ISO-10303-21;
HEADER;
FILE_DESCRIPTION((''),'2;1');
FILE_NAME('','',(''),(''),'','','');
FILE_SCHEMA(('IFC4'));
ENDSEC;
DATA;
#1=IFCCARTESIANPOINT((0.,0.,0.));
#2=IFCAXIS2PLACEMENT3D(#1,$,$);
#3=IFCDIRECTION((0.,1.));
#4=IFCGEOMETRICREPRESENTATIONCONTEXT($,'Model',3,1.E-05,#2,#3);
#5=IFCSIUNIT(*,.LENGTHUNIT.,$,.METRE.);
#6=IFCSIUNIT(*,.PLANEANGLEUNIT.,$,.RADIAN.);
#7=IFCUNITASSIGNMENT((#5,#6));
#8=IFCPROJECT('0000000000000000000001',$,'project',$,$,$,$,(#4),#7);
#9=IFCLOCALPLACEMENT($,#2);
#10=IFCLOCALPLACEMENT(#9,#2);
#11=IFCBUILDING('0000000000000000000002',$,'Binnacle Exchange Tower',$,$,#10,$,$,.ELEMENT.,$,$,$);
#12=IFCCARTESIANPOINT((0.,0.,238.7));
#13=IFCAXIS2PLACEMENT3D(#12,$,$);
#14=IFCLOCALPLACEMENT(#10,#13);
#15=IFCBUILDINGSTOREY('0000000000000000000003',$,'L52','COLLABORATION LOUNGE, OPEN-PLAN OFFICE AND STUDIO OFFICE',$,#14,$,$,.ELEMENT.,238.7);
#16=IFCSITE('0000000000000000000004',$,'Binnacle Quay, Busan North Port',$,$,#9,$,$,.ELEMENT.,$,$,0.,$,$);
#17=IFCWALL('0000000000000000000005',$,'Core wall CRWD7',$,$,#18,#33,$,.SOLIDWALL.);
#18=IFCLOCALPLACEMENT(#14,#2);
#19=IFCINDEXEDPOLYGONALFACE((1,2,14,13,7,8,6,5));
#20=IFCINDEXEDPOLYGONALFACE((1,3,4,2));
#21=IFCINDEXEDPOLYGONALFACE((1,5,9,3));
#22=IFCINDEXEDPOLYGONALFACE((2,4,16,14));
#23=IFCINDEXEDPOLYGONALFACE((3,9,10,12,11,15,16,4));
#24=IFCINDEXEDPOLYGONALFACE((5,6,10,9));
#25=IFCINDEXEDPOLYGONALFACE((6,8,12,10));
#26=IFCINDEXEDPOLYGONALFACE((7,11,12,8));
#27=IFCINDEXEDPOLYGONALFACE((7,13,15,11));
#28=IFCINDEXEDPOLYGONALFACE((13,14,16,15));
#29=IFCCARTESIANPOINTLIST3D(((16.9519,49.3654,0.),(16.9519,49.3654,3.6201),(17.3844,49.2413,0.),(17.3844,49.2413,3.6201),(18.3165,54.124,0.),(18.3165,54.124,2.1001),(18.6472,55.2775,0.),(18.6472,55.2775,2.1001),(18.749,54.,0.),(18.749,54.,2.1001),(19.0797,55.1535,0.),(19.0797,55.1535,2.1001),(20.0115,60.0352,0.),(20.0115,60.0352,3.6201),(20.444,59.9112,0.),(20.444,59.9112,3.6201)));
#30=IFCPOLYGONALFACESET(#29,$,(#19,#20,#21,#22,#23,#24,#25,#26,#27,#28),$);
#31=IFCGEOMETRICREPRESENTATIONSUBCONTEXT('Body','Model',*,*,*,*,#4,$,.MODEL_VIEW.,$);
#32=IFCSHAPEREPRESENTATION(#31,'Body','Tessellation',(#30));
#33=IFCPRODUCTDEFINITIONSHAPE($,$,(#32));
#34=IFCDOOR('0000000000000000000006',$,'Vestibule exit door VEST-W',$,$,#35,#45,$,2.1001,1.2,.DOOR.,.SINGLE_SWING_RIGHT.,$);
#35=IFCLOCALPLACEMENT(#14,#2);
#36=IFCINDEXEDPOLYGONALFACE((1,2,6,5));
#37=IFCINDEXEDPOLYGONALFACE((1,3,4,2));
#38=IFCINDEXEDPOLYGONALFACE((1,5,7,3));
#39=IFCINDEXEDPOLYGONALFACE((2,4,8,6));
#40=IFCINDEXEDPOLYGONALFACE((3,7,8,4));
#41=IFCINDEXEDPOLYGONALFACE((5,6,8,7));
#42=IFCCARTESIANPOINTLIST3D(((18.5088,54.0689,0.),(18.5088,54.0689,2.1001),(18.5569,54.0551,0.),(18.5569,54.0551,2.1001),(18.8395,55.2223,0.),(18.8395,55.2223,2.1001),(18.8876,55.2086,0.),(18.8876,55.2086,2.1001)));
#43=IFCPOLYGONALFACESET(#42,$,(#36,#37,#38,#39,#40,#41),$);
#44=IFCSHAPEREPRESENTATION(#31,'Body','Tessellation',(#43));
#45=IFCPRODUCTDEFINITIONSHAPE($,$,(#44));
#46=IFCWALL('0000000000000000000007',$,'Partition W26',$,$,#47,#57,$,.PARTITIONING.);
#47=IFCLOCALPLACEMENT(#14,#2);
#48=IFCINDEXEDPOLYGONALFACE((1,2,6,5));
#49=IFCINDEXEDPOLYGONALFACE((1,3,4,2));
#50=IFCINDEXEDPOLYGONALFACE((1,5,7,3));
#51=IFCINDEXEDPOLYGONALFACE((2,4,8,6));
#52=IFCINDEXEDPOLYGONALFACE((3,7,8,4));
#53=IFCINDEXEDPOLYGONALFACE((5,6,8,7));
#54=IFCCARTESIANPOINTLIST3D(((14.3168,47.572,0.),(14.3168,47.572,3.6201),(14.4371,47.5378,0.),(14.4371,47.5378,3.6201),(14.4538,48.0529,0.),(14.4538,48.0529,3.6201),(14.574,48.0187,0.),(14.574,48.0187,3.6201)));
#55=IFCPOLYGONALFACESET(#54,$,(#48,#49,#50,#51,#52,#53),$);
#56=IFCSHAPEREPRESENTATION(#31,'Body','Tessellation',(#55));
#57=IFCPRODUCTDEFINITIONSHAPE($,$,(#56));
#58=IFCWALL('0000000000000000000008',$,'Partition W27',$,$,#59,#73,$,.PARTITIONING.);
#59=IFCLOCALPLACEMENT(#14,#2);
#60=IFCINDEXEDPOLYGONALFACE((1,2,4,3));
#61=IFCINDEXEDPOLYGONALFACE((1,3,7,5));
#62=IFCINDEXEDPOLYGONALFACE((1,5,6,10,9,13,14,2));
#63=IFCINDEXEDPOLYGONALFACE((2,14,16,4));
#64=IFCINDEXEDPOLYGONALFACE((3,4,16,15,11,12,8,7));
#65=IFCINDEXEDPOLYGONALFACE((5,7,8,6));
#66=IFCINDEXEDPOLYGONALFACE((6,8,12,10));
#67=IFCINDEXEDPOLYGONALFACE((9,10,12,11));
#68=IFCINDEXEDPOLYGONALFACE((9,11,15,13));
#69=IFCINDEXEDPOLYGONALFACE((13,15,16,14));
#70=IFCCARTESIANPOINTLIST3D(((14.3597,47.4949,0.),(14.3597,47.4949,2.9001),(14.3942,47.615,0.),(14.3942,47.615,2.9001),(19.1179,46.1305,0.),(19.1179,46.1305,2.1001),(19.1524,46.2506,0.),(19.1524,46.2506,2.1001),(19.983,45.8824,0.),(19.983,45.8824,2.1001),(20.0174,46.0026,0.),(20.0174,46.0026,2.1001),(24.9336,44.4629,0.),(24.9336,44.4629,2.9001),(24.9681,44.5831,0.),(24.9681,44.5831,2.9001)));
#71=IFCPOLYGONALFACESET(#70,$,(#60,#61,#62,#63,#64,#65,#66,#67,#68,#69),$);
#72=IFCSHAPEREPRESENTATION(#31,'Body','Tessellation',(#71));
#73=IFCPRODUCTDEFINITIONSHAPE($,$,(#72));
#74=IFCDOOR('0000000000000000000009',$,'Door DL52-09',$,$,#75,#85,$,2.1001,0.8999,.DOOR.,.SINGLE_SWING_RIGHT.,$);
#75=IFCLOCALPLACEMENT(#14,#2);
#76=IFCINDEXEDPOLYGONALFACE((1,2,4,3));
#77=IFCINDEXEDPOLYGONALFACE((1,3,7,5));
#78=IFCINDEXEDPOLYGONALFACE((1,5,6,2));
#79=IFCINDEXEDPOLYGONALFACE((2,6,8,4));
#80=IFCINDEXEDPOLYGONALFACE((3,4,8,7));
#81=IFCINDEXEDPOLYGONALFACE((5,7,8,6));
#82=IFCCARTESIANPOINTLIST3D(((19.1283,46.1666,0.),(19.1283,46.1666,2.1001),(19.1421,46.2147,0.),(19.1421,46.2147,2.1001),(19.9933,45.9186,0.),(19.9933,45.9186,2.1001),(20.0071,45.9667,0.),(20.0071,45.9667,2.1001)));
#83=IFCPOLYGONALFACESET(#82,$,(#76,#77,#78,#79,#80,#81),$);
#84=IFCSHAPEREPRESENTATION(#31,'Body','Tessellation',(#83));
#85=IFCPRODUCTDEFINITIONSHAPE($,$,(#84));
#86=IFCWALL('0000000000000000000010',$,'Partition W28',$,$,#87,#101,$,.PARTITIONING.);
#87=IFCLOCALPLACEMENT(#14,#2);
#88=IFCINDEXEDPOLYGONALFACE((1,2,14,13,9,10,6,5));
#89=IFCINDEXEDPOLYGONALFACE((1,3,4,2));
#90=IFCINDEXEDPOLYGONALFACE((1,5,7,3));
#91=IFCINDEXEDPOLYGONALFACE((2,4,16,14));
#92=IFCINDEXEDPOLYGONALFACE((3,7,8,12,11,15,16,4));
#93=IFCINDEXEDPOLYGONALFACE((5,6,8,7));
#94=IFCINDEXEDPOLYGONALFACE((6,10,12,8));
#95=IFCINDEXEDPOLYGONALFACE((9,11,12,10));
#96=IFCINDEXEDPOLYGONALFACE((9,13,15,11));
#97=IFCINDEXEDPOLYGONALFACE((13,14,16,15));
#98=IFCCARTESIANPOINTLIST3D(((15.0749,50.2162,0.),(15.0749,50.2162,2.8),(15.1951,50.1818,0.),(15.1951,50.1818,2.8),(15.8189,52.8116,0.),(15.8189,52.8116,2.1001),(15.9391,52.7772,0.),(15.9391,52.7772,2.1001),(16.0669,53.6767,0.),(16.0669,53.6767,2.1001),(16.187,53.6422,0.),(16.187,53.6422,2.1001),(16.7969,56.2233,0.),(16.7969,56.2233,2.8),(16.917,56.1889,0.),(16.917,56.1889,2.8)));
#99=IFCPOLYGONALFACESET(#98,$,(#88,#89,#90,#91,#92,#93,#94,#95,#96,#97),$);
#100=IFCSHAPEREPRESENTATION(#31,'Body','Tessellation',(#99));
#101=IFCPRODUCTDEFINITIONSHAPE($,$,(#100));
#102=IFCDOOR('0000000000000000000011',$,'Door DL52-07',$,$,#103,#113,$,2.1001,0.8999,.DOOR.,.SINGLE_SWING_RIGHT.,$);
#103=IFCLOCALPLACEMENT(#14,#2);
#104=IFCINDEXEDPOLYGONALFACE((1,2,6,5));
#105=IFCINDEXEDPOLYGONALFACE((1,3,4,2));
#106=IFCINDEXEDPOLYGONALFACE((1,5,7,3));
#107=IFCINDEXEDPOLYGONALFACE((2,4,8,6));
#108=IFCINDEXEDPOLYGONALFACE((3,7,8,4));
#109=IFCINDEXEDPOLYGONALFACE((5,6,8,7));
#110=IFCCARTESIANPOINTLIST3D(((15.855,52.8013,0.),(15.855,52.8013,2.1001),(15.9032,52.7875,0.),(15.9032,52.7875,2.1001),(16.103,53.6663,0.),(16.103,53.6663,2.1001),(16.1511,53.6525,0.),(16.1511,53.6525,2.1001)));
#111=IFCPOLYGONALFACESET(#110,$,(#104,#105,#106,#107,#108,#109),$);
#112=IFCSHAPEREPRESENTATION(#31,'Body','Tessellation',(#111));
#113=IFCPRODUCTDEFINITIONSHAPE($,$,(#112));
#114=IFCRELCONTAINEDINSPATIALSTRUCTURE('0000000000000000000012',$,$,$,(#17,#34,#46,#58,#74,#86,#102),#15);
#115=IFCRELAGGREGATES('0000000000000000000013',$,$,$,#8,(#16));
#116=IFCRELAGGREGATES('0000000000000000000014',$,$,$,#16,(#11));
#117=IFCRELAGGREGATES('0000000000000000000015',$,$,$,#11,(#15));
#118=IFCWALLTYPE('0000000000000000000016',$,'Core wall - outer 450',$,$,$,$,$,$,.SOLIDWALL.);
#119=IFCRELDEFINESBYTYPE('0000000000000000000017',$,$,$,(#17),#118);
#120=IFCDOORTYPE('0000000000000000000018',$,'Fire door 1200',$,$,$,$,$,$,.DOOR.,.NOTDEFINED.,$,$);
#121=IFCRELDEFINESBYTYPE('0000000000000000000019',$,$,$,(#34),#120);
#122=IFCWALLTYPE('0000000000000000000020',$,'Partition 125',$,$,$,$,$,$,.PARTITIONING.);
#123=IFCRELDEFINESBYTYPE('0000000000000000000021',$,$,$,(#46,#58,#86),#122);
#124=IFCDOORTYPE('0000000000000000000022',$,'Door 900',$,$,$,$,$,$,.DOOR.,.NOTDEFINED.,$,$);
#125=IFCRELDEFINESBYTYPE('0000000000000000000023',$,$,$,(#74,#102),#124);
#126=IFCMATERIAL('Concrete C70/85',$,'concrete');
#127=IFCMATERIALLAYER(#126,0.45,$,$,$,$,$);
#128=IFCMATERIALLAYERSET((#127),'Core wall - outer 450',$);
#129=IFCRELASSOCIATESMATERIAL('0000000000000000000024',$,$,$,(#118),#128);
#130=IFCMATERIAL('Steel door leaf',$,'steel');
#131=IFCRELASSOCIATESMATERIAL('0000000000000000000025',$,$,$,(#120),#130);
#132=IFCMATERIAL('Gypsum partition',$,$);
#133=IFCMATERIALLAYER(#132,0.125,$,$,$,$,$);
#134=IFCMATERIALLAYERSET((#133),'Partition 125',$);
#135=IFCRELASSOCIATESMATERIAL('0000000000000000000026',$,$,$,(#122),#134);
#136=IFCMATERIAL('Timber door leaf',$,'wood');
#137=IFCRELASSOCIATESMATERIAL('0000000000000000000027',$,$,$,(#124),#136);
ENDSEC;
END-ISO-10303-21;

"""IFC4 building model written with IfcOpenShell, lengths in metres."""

from ifc_helpers import new_model, si_unit, direction, frame, frame_2d, origin, place, context, subcontext, project, spatial, rectangle, extrude, material, layer, layer_set, type_object, element, fill, save


model = new_model("IFC4")

# Units and contexts
model_context = context("Model", 3, precision=1e-05, world=origin(), true_north=direction((0.0, 1.0)))
body_context = subcontext(model_context, "Body", "Model", "MODEL_VIEW")
ifc_project = project(units=[si_unit("LENGTHUNIT", "METRE"), si_unit("PLANEANGLEUNIT", "RADIAN")], contexts=[model_context])

# Site, building, storey
site_placement = place(None, origin())
site = spatial("IfcSite", under=ifc_project, at=site_placement, Name="Binnacle Quay, Busan North Port", CompositionType="ELEMENT", RefElevation=0.0)
building_placement = place(site_placement, origin())
building = spatial("IfcBuilding", under=site, at=building_placement, Name="Binnacle Exchange Tower", CompositionType="ELEMENT")
storey_placement = place(building_placement, frame((0.0, 0.0, 238.7)))
storey = spatial("IfcBuildingStorey", under=building, at=storey_placement, Name="L52", Description="COLLABORATION LOUNGE, OPEN-PLAN OFFICE AND STUDIO OFFICE", CompositionType="ELEMENT", Elevation=238.7)

# Shared definitions
ifc_material_1 = material(Name="Concrete C70/85", Category="concrete")
ifc_layer_1 = layer(ifc_material_1, 0.45)
ifc_layer_set_1 = layer_set([ifc_layer_1], Name="Core wall - outer 450")
wall_type_1 = type_object("IfcWallType", Name="Core wall - outer 450", PredefinedType="SOLIDWALL", material=ifc_layer_set_1)

# Wall, opening, door
wall_1_placement = place(storey_placement, frame((17.1682, 49.3035, 0.0), z_axis=(0.0, 0.0, 1.0), x_axis=(0.275639, 0.961261, 0.0)))
wall_1 = element("IfcWall", 1, at=wall_1_placement, inside=storey, type_object=wall_type_1, Name="Core wall CRWD7", PredefinedType="SOLIDWALL", context=body_context, shape_type="SweptSolid", body=[
    extrude(rectangle(XDim=11.0999, YDim=0.45, at=frame_2d((5.5498, 0.0))), origin(), (0.0, 0.0, 1.0), 3.6201),
])
opening_1_placement = place(wall_1_placement, frame((4.9502, 0.0, 0.0)))
opening_1 = element("IfcOpeningElement", 2, at=opening_1_placement, cuts=wall_1, PredefinedType="OPENING", context=body_context, shape_type="SweptSolid", body=[
    extrude(rectangle(XDim=1.2, YDim=2.1001, at=frame_2d((0.6001, 1.05))), frame((0.0, 0.2349, 0.0), z_axis=(0.0, -1.0, 0.0), x_axis=(1.0, 0.0, 0.0)), (0.0, 0.0, 1.0), 0.47),
])
ifc_material_2 = material(Name="Steel door leaf", Category="steel")
door_type_1 = type_object("IfcDoorType", Name="Fire door 1200", OperationType="NOTDEFINED", PredefinedType="DOOR", material=ifc_material_2)
door_1_placement = place(opening_1_placement, origin())
door_1 = element("IfcDoor", 3, at=door_1_placement, inside=storey, type_object=door_type_1, Name="Vestibule exit door VEST-W", OperationType="SINGLE_SWING_RIGHT", OverallHeight=2.1001, OverallWidth=1.2, PredefinedType="DOOR", context=body_context, shape_type="SweptSolid", body=[
    extrude(rectangle(XDim=1.2, YDim=2.1001, at=frame_2d((0.6001, 1.05))), frame((0.0, 0.0249, 0.0), z_axis=(0.0, -1.0, 0.0), x_axis=(1.0, 0.0, 0.0)), (0.0, 0.0, 1.0), 0.05),
])
fill(opening_1, door_1)

# Wall
ifc_material_3 = material(Name="Gypsum partition")
ifc_layer_2 = layer(ifc_material_3, 0.125)
ifc_layer_set_2 = layer_set([ifc_layer_2], Name="Partition 125")
wall_type_2 = type_object("IfcWallType", Name="Partition 125", PredefinedType="PARTITIONING", material=ifc_layer_set_2)
wall_2_placement = place(storey_placement, frame((14.377, 47.5549, 0.0), z_axis=(0.0, 0.0, 1.0), x_axis=(0.273883, 0.961763, 0.0)))
element("IfcWall", 4, at=wall_2_placement, inside=storey, type_object=wall_type_2, Name="Partition W26", PredefinedType="PARTITIONING", context=body_context, shape_type="SweptSolid", body=[
    extrude(rectangle(XDim=0.5, YDim=0.125, at=frame_2d((0.25, 0.0))), origin(), (0.0, 0.0, 1.0), 3.6201),
])

# Walls, openings, doors
wall_3_placement = place(storey_placement, frame((14.377, 47.5549, 0.0), z_axis=(0.0, 0.0, 1.0), x_axis=(0.961263, -0.275633, 0.0)))
wall_3 = element("IfcWall", 5, at=wall_3_placement, inside=storey, type_object=wall_type_2, Name="Partition W27", PredefinedType="PARTITIONING", context=body_context, shape_type="SweptSolid", body=[
    extrude(rectangle(XDim=11.0, YDim=0.125, at=frame_2d((5.5, 0.0))), origin(), (0.0, 0.0, 1.0), 2.9001),
])
opening_2_placement = place(wall_3_placement, frame((4.95, 0.0, 0.0)))
opening_2 = element("IfcOpeningElement", 6, at=opening_2_placement, cuts=wall_3, PredefinedType="OPENING", context=body_context, shape_type="SweptSolid", body=[
    extrude(rectangle(XDim=0.8999, YDim=2.1001, at=frame_2d((0.45, 1.05))), frame((0.0, 0.0725, 0.0), z_axis=(0.0, -1.0, 0.0), x_axis=(1.0, 0.0, 0.0)), (0.0, 0.0, 1.0), 0.145),
])
ifc_material_4 = material(Name="Timber door leaf", Category="wood")
door_type_2 = type_object("IfcDoorType", Name="Door 900", OperationType="NOTDEFINED", PredefinedType="DOOR", material=ifc_material_4)
door_2_placement = place(opening_2_placement, frame((0.8999, 0.0, 0.0), z_axis=(0.0, 0.0, 1.0), x_axis=(-1.0, 0.0, 0.0)))
door_2 = element("IfcDoor", 7, at=door_2_placement, inside=storey, type_object=door_type_2, Name="Door DL52-09", OperationType="SINGLE_SWING_RIGHT", OverallHeight=2.1001, OverallWidth=0.8999, PredefinedType="DOOR", context=body_context, shape_type="SweptSolid", body=[
    extrude(rectangle(XDim=0.8999, YDim=2.1001, at=frame_2d((0.45, 1.05))), frame((0.0, 0.0249, 0.0), z_axis=(0.0, -1.0, 0.0), x_axis=(1.0, 0.0, 0.0)), (0.0, 0.0, 1.0), 0.05),
])
fill(opening_2, door_2)
wall_4_placement = place(storey_placement, frame((15.135, 50.199, 0.0), z_axis=(0.0, 0.0, 1.0), x_axis=(0.275552, 0.961286, 0.0)))
wall_4 = element("IfcWall", 8, at=wall_4_placement, inside=storey, type_object=wall_type_2, Name="Partition W28", PredefinedType="PARTITIONING", context=body_context, shape_type="SweptSolid", body=[
    extrude(rectangle(XDim=6.249, YDim=0.125, at=frame_2d((3.1245, 0.0))), origin(), (0.0, 0.0, 1.0), 2.8),
])
opening_3_placement = place(wall_4_placement, frame((2.7, 0.0, 0.0)))
opening_3 = element("IfcOpeningElement", 9, at=opening_3_placement, cuts=wall_4, PredefinedType="OPENING", context=body_context, shape_type="SweptSolid", body=[
    extrude(rectangle(XDim=0.8999, YDim=2.1001, at=frame_2d((0.45, 1.05))), frame((0.0, 0.0725, 0.0), z_axis=(0.0, -1.0, 0.0), x_axis=(1.0, 0.0, 0.0)), (0.0, 0.0, 1.0), 0.145),
])
door_3_placement = place(opening_3_placement, origin())
door_3 = element("IfcDoor", 10, at=door_3_placement, inside=storey, type_object=door_type_2, Name="Door DL52-07", OperationType="SINGLE_SWING_RIGHT", OverallHeight=2.1001, OverallWidth=0.8999, PredefinedType="DOOR", context=body_context, shape_type="SweptSolid", body=[
    extrude(rectangle(XDim=0.8999, YDim=2.1001, at=frame_2d((0.45, 1.05))), frame((0.0, 0.0249, 0.0), z_axis=(0.0, -1.0, 0.0), x_axis=(1.0, 0.0, 0.0)), (0.0, 0.0, 1.0), 0.05),
])
fill(opening_3, door_3)

save(model, "model.ifc")
